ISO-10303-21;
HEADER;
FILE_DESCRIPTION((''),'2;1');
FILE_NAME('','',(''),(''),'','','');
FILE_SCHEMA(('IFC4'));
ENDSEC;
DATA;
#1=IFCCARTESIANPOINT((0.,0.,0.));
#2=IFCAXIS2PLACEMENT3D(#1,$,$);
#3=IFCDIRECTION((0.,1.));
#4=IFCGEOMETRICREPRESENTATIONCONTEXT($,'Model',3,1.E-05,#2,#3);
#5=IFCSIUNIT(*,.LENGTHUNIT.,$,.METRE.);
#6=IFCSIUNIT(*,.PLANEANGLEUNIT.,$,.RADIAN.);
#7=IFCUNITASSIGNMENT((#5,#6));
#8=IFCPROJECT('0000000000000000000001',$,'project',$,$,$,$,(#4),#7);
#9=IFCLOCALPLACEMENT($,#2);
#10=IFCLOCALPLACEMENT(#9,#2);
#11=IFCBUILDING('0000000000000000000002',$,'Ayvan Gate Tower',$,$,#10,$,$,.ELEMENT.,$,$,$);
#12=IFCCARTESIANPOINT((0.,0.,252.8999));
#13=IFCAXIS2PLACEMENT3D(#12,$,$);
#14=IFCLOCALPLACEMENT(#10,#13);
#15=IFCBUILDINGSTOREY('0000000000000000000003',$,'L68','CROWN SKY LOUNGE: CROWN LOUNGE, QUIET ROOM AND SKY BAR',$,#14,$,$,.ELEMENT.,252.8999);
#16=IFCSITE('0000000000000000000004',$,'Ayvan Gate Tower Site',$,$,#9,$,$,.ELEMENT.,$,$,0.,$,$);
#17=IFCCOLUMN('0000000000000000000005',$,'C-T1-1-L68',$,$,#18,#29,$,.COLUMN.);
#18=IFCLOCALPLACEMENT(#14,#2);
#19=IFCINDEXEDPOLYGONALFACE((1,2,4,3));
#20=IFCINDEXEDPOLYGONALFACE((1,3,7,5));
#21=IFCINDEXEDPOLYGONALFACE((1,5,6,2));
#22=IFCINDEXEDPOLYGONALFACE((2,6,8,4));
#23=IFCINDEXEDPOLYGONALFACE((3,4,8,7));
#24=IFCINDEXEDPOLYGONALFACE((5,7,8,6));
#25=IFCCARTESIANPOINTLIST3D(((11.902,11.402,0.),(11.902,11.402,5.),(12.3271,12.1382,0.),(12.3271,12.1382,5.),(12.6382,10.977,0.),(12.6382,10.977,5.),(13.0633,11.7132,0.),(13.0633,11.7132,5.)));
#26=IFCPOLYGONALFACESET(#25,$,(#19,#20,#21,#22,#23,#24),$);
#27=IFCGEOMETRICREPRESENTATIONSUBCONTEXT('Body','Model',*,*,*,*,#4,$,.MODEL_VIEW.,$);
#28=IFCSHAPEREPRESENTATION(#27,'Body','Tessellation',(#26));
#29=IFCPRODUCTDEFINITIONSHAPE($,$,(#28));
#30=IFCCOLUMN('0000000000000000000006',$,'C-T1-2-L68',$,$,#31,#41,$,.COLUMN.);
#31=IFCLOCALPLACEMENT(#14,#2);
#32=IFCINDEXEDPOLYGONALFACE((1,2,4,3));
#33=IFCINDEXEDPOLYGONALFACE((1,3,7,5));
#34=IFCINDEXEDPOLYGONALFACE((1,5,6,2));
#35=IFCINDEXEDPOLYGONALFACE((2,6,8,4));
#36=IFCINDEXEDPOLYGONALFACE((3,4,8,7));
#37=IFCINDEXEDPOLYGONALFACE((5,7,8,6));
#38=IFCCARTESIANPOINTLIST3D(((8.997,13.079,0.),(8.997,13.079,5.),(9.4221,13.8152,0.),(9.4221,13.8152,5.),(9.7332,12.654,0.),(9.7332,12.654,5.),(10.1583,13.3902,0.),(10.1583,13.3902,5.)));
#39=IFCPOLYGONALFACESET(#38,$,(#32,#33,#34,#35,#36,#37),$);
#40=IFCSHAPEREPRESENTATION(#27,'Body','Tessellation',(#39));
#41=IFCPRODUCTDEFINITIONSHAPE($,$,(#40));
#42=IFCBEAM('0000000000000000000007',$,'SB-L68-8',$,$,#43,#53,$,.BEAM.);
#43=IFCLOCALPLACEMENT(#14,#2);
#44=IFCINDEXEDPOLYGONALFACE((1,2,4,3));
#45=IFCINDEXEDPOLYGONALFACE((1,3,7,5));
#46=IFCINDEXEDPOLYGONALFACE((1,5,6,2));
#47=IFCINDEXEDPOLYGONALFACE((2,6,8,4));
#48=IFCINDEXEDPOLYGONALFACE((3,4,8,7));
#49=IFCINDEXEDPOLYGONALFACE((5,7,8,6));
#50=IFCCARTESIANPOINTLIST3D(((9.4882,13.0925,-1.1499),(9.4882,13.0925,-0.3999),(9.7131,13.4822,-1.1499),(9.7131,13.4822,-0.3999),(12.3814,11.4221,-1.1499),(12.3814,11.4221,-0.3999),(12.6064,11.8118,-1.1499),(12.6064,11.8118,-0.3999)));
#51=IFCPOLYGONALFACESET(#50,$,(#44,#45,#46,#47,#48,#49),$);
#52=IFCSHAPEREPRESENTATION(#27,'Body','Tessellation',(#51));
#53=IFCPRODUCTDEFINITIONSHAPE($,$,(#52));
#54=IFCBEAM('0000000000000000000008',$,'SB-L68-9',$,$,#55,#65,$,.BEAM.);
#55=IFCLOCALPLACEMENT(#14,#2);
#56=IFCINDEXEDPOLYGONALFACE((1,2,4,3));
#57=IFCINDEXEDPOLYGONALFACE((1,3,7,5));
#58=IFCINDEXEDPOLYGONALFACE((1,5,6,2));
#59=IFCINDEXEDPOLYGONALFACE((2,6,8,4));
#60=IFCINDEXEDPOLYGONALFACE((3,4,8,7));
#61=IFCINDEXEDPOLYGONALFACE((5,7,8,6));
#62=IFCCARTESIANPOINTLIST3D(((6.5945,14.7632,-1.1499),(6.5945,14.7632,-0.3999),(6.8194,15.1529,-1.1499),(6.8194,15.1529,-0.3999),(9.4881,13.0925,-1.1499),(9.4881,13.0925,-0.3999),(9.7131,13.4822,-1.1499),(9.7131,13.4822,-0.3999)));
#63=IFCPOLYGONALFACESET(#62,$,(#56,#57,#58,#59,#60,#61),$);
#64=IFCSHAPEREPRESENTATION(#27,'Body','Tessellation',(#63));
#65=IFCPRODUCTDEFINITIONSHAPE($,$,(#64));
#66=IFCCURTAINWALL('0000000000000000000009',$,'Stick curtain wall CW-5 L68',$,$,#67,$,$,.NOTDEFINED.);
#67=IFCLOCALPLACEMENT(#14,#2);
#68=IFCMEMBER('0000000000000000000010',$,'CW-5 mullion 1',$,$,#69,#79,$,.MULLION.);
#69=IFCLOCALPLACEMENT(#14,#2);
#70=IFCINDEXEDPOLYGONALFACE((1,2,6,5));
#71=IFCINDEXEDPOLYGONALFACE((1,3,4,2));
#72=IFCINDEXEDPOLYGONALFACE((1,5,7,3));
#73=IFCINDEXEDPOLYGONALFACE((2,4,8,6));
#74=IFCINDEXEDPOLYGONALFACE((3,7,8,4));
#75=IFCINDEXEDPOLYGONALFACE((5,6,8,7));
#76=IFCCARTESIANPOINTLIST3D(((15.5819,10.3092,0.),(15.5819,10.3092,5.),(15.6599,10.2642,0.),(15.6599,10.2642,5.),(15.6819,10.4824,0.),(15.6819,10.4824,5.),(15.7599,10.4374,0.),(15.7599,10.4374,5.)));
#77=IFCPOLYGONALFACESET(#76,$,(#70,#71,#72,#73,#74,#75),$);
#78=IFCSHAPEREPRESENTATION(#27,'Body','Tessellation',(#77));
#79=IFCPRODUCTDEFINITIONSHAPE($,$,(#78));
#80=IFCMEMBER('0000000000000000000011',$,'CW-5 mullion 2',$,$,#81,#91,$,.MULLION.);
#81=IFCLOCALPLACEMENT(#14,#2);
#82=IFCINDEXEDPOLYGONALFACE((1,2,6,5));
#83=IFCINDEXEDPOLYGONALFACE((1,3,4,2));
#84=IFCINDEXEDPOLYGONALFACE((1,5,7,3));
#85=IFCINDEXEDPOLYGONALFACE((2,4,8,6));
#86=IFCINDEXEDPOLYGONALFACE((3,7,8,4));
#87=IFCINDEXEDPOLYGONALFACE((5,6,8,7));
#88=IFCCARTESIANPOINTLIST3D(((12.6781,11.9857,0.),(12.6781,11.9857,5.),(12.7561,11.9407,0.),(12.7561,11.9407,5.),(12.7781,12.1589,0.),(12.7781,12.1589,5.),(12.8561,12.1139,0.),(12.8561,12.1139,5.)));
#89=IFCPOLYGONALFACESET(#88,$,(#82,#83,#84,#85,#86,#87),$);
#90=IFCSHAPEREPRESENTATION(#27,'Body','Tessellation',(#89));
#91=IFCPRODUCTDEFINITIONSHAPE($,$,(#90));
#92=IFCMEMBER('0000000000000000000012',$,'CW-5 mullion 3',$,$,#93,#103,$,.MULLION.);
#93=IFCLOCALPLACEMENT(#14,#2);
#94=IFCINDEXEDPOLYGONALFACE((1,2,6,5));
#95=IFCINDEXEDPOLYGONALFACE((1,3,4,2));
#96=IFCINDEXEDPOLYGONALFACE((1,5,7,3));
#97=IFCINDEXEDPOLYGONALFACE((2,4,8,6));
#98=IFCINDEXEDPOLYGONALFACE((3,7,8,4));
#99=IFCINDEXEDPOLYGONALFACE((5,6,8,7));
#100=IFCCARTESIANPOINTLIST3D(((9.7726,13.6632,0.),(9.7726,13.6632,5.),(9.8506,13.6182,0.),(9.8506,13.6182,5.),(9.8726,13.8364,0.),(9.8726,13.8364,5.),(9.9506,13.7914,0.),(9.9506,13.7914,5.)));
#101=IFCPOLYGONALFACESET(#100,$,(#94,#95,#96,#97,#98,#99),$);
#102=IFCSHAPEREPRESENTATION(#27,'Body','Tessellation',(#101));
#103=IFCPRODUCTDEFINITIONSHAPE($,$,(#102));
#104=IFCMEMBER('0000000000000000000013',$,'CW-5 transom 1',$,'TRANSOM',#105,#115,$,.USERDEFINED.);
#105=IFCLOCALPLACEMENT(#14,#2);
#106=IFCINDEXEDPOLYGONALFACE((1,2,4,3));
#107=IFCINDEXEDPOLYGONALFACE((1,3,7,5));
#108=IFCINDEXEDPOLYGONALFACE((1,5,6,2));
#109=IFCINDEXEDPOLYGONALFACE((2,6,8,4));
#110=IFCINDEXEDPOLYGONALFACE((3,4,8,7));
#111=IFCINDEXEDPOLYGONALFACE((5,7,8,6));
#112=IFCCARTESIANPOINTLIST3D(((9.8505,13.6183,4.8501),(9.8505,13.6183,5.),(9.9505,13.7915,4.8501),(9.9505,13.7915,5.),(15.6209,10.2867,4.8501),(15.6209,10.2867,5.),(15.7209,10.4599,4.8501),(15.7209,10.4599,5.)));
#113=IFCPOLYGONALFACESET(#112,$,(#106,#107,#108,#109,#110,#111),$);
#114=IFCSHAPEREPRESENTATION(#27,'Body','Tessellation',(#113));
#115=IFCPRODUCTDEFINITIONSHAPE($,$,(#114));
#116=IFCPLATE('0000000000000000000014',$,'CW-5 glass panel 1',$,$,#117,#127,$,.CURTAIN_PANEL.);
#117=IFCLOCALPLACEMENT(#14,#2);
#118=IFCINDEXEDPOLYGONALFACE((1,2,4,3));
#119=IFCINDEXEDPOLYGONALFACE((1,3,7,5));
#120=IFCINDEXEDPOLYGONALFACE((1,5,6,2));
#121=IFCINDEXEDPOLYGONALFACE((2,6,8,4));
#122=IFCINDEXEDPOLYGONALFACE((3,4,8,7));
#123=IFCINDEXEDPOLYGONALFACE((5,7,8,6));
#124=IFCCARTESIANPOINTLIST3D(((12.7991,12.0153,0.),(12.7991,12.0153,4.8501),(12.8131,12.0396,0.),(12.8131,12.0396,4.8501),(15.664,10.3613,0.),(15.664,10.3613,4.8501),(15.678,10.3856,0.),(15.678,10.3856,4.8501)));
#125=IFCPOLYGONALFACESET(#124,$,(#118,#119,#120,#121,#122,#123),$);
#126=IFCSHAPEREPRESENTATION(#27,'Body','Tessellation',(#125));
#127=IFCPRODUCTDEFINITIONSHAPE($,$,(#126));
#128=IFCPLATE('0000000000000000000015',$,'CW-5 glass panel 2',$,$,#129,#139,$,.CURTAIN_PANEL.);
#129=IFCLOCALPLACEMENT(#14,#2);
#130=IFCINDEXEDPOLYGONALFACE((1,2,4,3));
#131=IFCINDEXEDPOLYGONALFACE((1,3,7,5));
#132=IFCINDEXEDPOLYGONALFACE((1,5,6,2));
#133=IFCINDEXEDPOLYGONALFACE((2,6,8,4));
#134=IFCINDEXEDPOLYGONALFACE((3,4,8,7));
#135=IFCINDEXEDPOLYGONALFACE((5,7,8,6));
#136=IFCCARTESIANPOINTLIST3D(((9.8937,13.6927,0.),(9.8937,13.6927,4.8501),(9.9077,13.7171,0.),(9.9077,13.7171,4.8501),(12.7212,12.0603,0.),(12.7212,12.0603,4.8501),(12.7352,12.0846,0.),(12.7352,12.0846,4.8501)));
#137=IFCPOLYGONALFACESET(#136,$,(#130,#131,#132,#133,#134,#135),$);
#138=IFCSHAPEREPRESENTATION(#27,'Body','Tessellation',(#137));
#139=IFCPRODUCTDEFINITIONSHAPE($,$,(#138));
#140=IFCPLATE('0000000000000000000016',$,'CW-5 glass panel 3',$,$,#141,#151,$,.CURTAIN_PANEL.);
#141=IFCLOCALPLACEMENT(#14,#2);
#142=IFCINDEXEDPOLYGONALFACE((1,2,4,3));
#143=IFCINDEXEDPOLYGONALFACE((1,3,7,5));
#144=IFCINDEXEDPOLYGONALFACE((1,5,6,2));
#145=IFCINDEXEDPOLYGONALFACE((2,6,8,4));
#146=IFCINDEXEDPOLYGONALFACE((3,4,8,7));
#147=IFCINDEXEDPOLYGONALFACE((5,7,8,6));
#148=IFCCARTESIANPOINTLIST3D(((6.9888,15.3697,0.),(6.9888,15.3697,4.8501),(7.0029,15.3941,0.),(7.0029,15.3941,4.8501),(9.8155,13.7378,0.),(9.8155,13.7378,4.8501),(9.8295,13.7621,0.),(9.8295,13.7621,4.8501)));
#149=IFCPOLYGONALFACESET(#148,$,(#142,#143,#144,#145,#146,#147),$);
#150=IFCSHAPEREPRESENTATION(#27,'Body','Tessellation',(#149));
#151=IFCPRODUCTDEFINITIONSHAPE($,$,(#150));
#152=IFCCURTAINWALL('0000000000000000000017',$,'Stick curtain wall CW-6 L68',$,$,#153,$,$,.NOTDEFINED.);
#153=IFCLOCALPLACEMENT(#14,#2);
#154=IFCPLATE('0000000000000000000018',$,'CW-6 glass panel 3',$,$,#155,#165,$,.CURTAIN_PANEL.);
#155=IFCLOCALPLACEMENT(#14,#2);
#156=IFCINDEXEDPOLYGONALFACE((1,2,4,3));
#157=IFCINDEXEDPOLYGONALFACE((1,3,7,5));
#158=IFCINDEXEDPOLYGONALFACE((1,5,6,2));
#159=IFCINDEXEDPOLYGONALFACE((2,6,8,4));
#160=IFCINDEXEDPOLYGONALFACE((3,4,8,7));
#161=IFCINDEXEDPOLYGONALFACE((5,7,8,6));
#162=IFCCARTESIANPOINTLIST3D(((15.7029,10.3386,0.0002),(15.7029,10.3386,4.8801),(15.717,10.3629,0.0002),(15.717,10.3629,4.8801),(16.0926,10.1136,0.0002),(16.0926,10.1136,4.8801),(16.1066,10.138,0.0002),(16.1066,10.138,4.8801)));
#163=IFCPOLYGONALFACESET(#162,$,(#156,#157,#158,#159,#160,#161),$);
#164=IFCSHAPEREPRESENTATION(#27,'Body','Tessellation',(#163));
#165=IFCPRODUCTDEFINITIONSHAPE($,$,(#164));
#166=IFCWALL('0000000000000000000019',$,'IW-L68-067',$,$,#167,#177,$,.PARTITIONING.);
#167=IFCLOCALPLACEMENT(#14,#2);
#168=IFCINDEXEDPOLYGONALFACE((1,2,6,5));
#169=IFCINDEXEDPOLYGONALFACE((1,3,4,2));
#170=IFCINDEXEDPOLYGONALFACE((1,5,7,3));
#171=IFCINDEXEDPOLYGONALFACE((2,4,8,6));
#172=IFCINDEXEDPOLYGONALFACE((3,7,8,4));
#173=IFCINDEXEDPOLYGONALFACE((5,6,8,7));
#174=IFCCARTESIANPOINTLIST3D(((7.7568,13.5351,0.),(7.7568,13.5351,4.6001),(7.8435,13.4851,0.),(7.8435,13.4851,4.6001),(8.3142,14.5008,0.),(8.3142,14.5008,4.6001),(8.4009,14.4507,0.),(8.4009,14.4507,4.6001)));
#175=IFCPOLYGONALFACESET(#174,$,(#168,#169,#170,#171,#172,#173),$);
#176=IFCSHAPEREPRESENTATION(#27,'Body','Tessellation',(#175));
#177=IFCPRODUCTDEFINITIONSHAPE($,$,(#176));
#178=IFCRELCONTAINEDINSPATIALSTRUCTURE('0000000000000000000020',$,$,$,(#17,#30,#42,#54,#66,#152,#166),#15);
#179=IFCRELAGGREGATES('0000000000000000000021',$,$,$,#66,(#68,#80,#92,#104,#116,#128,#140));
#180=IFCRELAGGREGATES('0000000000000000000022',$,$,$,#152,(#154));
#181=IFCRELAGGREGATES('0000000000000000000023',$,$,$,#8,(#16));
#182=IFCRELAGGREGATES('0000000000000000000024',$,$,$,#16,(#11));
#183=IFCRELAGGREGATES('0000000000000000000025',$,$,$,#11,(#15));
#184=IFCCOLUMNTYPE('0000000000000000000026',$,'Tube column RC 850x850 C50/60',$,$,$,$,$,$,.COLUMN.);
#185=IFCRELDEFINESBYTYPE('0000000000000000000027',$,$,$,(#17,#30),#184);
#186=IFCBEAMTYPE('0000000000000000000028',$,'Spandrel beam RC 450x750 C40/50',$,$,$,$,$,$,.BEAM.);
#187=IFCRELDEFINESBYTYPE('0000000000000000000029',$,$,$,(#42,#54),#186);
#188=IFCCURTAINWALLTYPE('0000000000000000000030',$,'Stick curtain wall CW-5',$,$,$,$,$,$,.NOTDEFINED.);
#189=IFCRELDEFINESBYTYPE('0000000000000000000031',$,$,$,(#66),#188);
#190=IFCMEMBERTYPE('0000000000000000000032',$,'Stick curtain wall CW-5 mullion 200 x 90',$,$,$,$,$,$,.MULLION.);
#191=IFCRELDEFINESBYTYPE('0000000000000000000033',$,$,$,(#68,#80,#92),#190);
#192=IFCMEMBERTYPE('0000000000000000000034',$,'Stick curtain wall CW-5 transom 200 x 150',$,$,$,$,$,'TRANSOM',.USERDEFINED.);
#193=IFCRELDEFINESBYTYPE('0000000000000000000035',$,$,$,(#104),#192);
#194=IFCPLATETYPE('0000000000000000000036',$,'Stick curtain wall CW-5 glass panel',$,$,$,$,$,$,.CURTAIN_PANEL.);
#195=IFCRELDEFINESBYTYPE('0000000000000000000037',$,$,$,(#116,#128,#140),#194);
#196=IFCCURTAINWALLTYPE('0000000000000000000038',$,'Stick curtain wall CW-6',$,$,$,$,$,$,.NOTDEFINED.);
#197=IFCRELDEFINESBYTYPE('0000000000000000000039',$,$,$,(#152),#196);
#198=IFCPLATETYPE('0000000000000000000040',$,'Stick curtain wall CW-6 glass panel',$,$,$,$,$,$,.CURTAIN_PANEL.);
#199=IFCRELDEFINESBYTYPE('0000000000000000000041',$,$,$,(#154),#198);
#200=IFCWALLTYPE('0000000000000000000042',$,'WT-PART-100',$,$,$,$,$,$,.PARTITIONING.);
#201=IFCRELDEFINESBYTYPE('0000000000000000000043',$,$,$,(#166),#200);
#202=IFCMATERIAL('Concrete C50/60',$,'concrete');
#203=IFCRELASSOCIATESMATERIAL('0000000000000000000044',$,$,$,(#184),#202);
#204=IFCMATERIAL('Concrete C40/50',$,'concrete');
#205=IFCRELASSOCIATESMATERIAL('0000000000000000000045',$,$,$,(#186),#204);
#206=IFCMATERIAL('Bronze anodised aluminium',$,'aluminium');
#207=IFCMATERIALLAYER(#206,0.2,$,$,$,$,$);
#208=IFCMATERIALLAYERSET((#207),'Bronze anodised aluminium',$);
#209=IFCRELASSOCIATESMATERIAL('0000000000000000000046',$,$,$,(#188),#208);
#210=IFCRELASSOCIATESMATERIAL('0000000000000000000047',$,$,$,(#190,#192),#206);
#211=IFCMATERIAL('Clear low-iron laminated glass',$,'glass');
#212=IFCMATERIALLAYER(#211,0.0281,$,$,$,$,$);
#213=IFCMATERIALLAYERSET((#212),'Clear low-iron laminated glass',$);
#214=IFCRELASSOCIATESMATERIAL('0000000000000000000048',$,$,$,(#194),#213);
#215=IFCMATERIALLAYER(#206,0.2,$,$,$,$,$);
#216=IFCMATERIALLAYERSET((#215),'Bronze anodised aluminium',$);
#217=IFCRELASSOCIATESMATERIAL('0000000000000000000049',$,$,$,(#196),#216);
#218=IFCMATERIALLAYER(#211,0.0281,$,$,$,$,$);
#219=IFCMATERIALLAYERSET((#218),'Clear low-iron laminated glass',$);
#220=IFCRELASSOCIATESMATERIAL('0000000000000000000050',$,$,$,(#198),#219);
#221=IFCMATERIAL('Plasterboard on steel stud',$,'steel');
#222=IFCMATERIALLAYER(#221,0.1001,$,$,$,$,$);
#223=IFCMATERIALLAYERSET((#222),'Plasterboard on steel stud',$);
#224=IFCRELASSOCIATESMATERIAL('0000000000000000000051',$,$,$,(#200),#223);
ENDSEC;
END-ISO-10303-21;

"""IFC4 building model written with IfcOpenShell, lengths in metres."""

from ifc_helpers import new_model, si_unit, direction, frame, frame_2d, origin, origin_2d, place, context, subcontext, project, spatial, rectangle, extrude, material, layer, layer_set, material_profile, profile_set, type_object, element, aggregate, save


model = new_model("IFC4")

# Units and contexts
model_context = context("Model", 3, precision=1e-05, world=origin(), true_north=direction((0.0, 1.0)))
body_context = subcontext(model_context, "Body", "Model", "MODEL_VIEW")
ifc_project = project(units=[si_unit("LENGTHUNIT", "METRE"), si_unit("PLANEANGLEUNIT", "RADIAN")], contexts=[model_context])

# Site, building, storey
site_placement = place(None, origin())
site = spatial("IfcSite", under=ifc_project, at=site_placement, Name="Ayvan Gate Tower Site", CompositionType="ELEMENT", RefElevation=0.0)
building_placement = place(site_placement, origin())
building = spatial("IfcBuilding", under=site, at=building_placement, Name="Ayvan Gate Tower", CompositionType="ELEMENT")
storey_placement = place(building_placement, frame((0.0, 0.0, 252.8999)))
storey = spatial("IfcBuildingStorey", under=building, at=storey_placement, Name="L68", Description="CROWN SKY LOUNGE: CROWN LOUNGE, QUIET ROOM AND SKY BAR", CompositionType="ELEMENT", Elevation=252.8999)

# Columns
ifc_material_1 = material(Name="Concrete C50/60", Category="concrete")
ifc_material_profile_1 = material_profile(ifc_material_1, rectangle(XDim=0.8501, YDim=0.8501, at=origin_2d()), Name="RC 850x850")
ifc_profile_set_1 = profile_set([ifc_material_profile_1], Name="Concrete C50/60")
column_type = type_object("IfcColumnType", Name="Tube column RC 850x850 C50/60", PredefinedType="COLUMN", material=ifc_profile_set_1)
for number, where, z_axis, x_axis, name in (
    (1, (12.4827, 11.5576, 0.0), (0.0, 0.0, 1.0), (0.5, 0.866025, 0.0), "C-T1-1-L68"),
    (2, (9.5776, 13.2346, 0.0), (0.0, 0.0, 1.0), (0.5, 0.866025, 0.0), "C-T1-2-L68"),
):
    element("IfcColumn", number, at=place(storey_placement, frame(where, z_axis=z_axis, x_axis=x_axis)), inside=storey, type_object=column_type, Name=name, PredefinedType="COLUMN", context=body_context, shape_type="SweptSolid", body=[
        extrude(rectangle(XDim=0.8501, YDim=0.8501, at=origin_2d()), origin(), (0.0, 0.0, 1.0), 5.0),
    ])

# Beams
ifc_material_2 = material(Name="Concrete C40/50", Category="concrete")
ifc_material_profile_2 = material_profile(ifc_material_2, rectangle(XDim=0.45, YDim=0.75, at=origin_2d()), Name="RC 450x750")
ifc_profile_set_2 = profile_set([ifc_material_profile_2], Name="Concrete C40/50")
beam_type = type_object("IfcBeamType", Name="Spandrel beam RC 450x750 C40/50", PredefinedType="BEAM", material=ifc_profile_set_2)
beam_1_placement = place(storey_placement, frame((12.4939, 11.6169, -0.7749), z_axis=(-0.866031, 0.49999, 0.0), x_axis=(-0.49999, -0.866031, 0.0)))
element("IfcBeam", 3, at=beam_1_placement, inside=storey, type_object=beam_type, Name="SB-L68-8", PredefinedType="BEAM", context=body_context, shape_type="SweptSolid", body=[
    extrude(rectangle(XDim=0.45, YDim=0.75, at=origin_2d()), origin(), (0.0, 0.0, 1.0), 3.3408),
])
beam_2_placement = place(storey_placement, frame((9.6006, 13.2874, -0.7749), z_axis=(-0.866018, 0.500013, 0.0), x_axis=(-0.500013, -0.866018, 0.0)))
element("IfcBeam", 4, at=beam_2_placement, inside=storey, type_object=beam_type, Name="SB-L68-9", PredefinedType="BEAM", context=body_context, shape_type="SweptSolid", body=[
    extrude(rectangle(XDim=0.45, YDim=0.75, at=origin_2d()), origin(), (0.0, 0.0, 1.0), 3.3413),
])

# Curtain wall, members, plates
ifc_material_3 = material(Name="Bronze anodised aluminium", Category="aluminium")
ifc_layer_1 = layer(ifc_material_3, 0.2)
ifc_layer_set_1 = layer_set([ifc_layer_1], Name="Bronze anodised aluminium")
curtain_wall_type_1 = type_object("IfcCurtainWallType", Name="Stick curtain wall CW-5", PredefinedType="NOTDEFINED", material=ifc_layer_set_1)
curtain_wall_1_placement = place(storey_placement, origin())
curtain_wall_1 = element("IfcCurtainWall", 5, at=curtain_wall_1_placement, inside=storey, type_object=curtain_wall_type_1, Name="Stick curtain wall CW-5 L68", PredefinedType="NOTDEFINED")
ifc_material_profile_3 = material_profile(ifc_material_3, rectangle(XDim=0.2, YDim=0.0901, at=origin_2d()), Name="Stick curtain wall CW-5 mullion 200 x 90")
ifc_profile_set_3 = profile_set([ifc_material_profile_3], Name="Bronze anodised aluminium")
member_type_1 = type_object("IfcMemberType", Name="Stick curtain wall CW-5 mullion 200 x 90", PredefinedType="MULLION", material=ifc_profile_set_3)
member_1_placement = place(storey_placement, frame((15.6709, 10.3733, 0.0), z_axis=(0.0, 0.0, 1.0), x_axis=(0.5, 0.866025, 0.0)))
member_1 = element("IfcMember", 6, at=member_1_placement, type_object=member_type_1, Name="CW-5 mullion 1", PredefinedType="MULLION", context=body_context, shape_type="SweptSolid", body=[
    extrude(rectangle(XDim=0.2, YDim=0.0901, at=origin_2d()), origin(), (0.0, 0.0, 1.0), 5.0),
])
member_2_placement = place(storey_placement, frame((12.7671, 12.0498, 0.0), z_axis=(0.0, 0.0, 1.0), x_axis=(0.5, 0.866025, 0.0)))
member_2 = element("IfcMember", 7, at=member_2_placement, type_object=member_type_1, Name="CW-5 mullion 2", PredefinedType="MULLION", context=body_context, shape_type="SweptSolid", body=[
    extrude(rectangle(XDim=0.2, YDim=0.0901, at=origin_2d()), origin(), (0.0, 0.0, 1.0), 5.0),
])
member_3_placement = place(storey_placement, frame((9.8616, 13.7273, 0.0), z_axis=(0.0, 0.0, 1.0), x_axis=(0.5, 0.866025, 0.0)))
member_3 = element("IfcMember", 8, at=member_3_placement, type_object=member_type_1, Name="CW-5 mullion 3", PredefinedType="MULLION", context=body_context, shape_type="SweptSolid", body=[
    extrude(rectangle(XDim=0.2, YDim=0.0901, at=origin_2d()), origin(), (0.0, 0.0, 1.0), 5.0),
])
ifc_material_profile_4 = material_profile(ifc_material_3, rectangle(XDim=0.2, YDim=0.1499, at=origin_2d()), Name="Stick curtain wall CW-5 transom 200 x 150")
ifc_profile_set_4 = profile_set([ifc_material_profile_4], Name="Bronze anodised aluminium")
member_type_2 = type_object("IfcMemberType", Name="Stick curtain wall CW-5 transom 200 x 150", ElementType="TRANSOM", PredefinedType="USERDEFINED", material=ifc_profile_set_4)
member_4_placement = place(storey_placement, frame((15.6709, 10.3733, 4.925), z_axis=(-0.86602, 0.500009, 0.0), x_axis=(-0.500009, -0.86602, 0.0)))
member_4 = element("IfcMember", 9, at=member_4_placement, type_object=member_type_2, Name="CW-5 transom 1", ObjectType="TRANSOM", PredefinedType="USERDEFINED", context=body_context, shape_type="SweptSolid", body=[
    extrude(rectangle(XDim=0.2, YDim=0.1499, at=origin_2d()), origin(), (0.0, 0.0, 1.0), 6.6631),
])
ifc_material_4 = material(Name="Clear low-iron laminated glass", Category="glass")
ifc_layer_2 = layer(ifc_material_4, 0.0281)
ifc_layer_set_2 = layer_set([ifc_layer_2], Name="Clear low-iron laminated glass")
plate_type_1 = type_object("IfcPlateType", Name="Stick curtain wall CW-5 glass panel", PredefinedType="CURTAIN_PANEL", material=ifc_layer_set_2)
plate_1_placement = place(storey_placement, frame((14.2385, 11.2004, 0.0), z_axis=(0.0, 0.0, 1.0), x_axis=(-0.866025, 0.5, 0.0)))
plate_1 = element("IfcPlate", 10, at=plate_1_placement, type_object=plate_type_1, Name="CW-5 glass panel 1", PredefinedType="CURTAIN_PANEL", context=body_context, shape_type="SweptSolid", body=[
    extrude(rectangle(XDim=3.3081, YDim=0.0281, at=origin_2d()), origin(), (0.0, 0.0, 1.0), 4.8501),
])
plate_2_placement = place(storey_placement, frame((11.3145, 12.8887, 0.0), z_axis=(0.0, 0.0, 1.0), x_axis=(-0.866025, 0.5, 0.0)))
plate_2 = element("IfcPlate", 11, at=plate_2_placement, type_object=plate_type_1, Name="CW-5 glass panel 2", PredefinedType="CURTAIN_PANEL", context=body_context, shape_type="SweptSolid", body=[
    extrude(rectangle(XDim=3.2649, YDim=0.0281, at=origin_2d()), origin(), (0.0, 0.0, 1.0), 4.8501),
])
plate_3_placement = place(storey_placement, frame((8.4092, 14.5659, 0.0), z_axis=(0.0, 0.0, 1.0), x_axis=(-0.866025, 0.5, 0.0)))
plate_3 = element("IfcPlate", 12, at=plate_3_placement, type_object=plate_type_1, Name="CW-5 glass panel 3", PredefinedType="CURTAIN_PANEL", context=body_context, shape_type="SweptSolid", body=[
    extrude(rectangle(XDim=3.2639, YDim=0.0281, at=origin_2d()), origin(), (0.0, 0.0, 1.0), 4.8501),
])
aggregate(curtain_wall_1, [member_1, member_2, member_3, member_4, plate_1, plate_2, plate_3])

# Curtain wall, plate
ifc_layer_3 = layer(ifc_material_3, 0.2)
ifc_layer_set_3 = layer_set([ifc_layer_3], Name="Bronze anodised aluminium")
curtain_wall_type_2 = type_object("IfcCurtainWallType", Name="Stick curtain wall CW-6", PredefinedType="NOTDEFINED", material=ifc_layer_set_3)
curtain_wall_2_placement = place(storey_placement, origin())
curtain_wall_2 = element("IfcCurtainWall", 13, at=curtain_wall_2_placement, inside=storey, type_object=curtain_wall_type_2, Name="Stick curtain wall CW-6 L68", PredefinedType="NOTDEFINED")
ifc_layer_4 = layer(ifc_material_4, 0.0281)
ifc_layer_set_4 = layer_set([ifc_layer_4], Name="Clear low-iron laminated glass")
plate_type_2 = type_object("IfcPlateType", Name="Stick curtain wall CW-6 glass panel", PredefinedType="CURTAIN_PANEL", material=ifc_layer_set_4)
plate_4_placement = place(storey_placement, frame((15.9048, 10.2383, 0.0002), z_axis=(0.0, 0.0, 1.0), x_axis=(-0.866025, 0.5, 0.0)))
plate_4 = element("IfcPlate", 14, at=plate_4_placement, type_object=plate_type_2, Name="CW-6 glass panel 3", PredefinedType="CURTAIN_PANEL", context=body_context, shape_type="SweptSolid", body=[
    extrude(rectangle(XDim=0.45, YDim=0.0281, at=origin_2d()), origin(), (0.0, 0.0, 1.0), 4.8799),
])
aggregate(curtain_wall_2, [plate_4])

# Wall
ifc_material_5 = material(Name="Plasterboard on steel stud", Category="steel")
ifc_layer_5 = layer(ifc_material_5, 0.1001)
ifc_layer_set_5 = layer_set([ifc_layer_5], Name="Plasterboard on steel stud")
wall_type_1 = type_object("IfcWallType", Name="WT-PART-100", PredefinedType="PARTITIONING", material=ifc_layer_set_5)
wall_1_placement = place(storey_placement, frame((7.8, 13.51, 0.0), z_axis=(0.0, 0.0, 1.0), x_axis=(0.499931, 0.866065, 0.0)))
element("IfcWall", 15, at=wall_1_placement, inside=storey, type_object=wall_type_1, Name="IW-L68-067", PredefinedType="PARTITIONING", context=body_context, shape_type="SweptSolid", body=[
    extrude(rectangle(XDim=1.115, YDim=0.1001, at=frame_2d((0.5576, 0.0))), origin(), (0.0, 0.0, 1.0), 4.6001),
])

save(model, "model.ifc")
